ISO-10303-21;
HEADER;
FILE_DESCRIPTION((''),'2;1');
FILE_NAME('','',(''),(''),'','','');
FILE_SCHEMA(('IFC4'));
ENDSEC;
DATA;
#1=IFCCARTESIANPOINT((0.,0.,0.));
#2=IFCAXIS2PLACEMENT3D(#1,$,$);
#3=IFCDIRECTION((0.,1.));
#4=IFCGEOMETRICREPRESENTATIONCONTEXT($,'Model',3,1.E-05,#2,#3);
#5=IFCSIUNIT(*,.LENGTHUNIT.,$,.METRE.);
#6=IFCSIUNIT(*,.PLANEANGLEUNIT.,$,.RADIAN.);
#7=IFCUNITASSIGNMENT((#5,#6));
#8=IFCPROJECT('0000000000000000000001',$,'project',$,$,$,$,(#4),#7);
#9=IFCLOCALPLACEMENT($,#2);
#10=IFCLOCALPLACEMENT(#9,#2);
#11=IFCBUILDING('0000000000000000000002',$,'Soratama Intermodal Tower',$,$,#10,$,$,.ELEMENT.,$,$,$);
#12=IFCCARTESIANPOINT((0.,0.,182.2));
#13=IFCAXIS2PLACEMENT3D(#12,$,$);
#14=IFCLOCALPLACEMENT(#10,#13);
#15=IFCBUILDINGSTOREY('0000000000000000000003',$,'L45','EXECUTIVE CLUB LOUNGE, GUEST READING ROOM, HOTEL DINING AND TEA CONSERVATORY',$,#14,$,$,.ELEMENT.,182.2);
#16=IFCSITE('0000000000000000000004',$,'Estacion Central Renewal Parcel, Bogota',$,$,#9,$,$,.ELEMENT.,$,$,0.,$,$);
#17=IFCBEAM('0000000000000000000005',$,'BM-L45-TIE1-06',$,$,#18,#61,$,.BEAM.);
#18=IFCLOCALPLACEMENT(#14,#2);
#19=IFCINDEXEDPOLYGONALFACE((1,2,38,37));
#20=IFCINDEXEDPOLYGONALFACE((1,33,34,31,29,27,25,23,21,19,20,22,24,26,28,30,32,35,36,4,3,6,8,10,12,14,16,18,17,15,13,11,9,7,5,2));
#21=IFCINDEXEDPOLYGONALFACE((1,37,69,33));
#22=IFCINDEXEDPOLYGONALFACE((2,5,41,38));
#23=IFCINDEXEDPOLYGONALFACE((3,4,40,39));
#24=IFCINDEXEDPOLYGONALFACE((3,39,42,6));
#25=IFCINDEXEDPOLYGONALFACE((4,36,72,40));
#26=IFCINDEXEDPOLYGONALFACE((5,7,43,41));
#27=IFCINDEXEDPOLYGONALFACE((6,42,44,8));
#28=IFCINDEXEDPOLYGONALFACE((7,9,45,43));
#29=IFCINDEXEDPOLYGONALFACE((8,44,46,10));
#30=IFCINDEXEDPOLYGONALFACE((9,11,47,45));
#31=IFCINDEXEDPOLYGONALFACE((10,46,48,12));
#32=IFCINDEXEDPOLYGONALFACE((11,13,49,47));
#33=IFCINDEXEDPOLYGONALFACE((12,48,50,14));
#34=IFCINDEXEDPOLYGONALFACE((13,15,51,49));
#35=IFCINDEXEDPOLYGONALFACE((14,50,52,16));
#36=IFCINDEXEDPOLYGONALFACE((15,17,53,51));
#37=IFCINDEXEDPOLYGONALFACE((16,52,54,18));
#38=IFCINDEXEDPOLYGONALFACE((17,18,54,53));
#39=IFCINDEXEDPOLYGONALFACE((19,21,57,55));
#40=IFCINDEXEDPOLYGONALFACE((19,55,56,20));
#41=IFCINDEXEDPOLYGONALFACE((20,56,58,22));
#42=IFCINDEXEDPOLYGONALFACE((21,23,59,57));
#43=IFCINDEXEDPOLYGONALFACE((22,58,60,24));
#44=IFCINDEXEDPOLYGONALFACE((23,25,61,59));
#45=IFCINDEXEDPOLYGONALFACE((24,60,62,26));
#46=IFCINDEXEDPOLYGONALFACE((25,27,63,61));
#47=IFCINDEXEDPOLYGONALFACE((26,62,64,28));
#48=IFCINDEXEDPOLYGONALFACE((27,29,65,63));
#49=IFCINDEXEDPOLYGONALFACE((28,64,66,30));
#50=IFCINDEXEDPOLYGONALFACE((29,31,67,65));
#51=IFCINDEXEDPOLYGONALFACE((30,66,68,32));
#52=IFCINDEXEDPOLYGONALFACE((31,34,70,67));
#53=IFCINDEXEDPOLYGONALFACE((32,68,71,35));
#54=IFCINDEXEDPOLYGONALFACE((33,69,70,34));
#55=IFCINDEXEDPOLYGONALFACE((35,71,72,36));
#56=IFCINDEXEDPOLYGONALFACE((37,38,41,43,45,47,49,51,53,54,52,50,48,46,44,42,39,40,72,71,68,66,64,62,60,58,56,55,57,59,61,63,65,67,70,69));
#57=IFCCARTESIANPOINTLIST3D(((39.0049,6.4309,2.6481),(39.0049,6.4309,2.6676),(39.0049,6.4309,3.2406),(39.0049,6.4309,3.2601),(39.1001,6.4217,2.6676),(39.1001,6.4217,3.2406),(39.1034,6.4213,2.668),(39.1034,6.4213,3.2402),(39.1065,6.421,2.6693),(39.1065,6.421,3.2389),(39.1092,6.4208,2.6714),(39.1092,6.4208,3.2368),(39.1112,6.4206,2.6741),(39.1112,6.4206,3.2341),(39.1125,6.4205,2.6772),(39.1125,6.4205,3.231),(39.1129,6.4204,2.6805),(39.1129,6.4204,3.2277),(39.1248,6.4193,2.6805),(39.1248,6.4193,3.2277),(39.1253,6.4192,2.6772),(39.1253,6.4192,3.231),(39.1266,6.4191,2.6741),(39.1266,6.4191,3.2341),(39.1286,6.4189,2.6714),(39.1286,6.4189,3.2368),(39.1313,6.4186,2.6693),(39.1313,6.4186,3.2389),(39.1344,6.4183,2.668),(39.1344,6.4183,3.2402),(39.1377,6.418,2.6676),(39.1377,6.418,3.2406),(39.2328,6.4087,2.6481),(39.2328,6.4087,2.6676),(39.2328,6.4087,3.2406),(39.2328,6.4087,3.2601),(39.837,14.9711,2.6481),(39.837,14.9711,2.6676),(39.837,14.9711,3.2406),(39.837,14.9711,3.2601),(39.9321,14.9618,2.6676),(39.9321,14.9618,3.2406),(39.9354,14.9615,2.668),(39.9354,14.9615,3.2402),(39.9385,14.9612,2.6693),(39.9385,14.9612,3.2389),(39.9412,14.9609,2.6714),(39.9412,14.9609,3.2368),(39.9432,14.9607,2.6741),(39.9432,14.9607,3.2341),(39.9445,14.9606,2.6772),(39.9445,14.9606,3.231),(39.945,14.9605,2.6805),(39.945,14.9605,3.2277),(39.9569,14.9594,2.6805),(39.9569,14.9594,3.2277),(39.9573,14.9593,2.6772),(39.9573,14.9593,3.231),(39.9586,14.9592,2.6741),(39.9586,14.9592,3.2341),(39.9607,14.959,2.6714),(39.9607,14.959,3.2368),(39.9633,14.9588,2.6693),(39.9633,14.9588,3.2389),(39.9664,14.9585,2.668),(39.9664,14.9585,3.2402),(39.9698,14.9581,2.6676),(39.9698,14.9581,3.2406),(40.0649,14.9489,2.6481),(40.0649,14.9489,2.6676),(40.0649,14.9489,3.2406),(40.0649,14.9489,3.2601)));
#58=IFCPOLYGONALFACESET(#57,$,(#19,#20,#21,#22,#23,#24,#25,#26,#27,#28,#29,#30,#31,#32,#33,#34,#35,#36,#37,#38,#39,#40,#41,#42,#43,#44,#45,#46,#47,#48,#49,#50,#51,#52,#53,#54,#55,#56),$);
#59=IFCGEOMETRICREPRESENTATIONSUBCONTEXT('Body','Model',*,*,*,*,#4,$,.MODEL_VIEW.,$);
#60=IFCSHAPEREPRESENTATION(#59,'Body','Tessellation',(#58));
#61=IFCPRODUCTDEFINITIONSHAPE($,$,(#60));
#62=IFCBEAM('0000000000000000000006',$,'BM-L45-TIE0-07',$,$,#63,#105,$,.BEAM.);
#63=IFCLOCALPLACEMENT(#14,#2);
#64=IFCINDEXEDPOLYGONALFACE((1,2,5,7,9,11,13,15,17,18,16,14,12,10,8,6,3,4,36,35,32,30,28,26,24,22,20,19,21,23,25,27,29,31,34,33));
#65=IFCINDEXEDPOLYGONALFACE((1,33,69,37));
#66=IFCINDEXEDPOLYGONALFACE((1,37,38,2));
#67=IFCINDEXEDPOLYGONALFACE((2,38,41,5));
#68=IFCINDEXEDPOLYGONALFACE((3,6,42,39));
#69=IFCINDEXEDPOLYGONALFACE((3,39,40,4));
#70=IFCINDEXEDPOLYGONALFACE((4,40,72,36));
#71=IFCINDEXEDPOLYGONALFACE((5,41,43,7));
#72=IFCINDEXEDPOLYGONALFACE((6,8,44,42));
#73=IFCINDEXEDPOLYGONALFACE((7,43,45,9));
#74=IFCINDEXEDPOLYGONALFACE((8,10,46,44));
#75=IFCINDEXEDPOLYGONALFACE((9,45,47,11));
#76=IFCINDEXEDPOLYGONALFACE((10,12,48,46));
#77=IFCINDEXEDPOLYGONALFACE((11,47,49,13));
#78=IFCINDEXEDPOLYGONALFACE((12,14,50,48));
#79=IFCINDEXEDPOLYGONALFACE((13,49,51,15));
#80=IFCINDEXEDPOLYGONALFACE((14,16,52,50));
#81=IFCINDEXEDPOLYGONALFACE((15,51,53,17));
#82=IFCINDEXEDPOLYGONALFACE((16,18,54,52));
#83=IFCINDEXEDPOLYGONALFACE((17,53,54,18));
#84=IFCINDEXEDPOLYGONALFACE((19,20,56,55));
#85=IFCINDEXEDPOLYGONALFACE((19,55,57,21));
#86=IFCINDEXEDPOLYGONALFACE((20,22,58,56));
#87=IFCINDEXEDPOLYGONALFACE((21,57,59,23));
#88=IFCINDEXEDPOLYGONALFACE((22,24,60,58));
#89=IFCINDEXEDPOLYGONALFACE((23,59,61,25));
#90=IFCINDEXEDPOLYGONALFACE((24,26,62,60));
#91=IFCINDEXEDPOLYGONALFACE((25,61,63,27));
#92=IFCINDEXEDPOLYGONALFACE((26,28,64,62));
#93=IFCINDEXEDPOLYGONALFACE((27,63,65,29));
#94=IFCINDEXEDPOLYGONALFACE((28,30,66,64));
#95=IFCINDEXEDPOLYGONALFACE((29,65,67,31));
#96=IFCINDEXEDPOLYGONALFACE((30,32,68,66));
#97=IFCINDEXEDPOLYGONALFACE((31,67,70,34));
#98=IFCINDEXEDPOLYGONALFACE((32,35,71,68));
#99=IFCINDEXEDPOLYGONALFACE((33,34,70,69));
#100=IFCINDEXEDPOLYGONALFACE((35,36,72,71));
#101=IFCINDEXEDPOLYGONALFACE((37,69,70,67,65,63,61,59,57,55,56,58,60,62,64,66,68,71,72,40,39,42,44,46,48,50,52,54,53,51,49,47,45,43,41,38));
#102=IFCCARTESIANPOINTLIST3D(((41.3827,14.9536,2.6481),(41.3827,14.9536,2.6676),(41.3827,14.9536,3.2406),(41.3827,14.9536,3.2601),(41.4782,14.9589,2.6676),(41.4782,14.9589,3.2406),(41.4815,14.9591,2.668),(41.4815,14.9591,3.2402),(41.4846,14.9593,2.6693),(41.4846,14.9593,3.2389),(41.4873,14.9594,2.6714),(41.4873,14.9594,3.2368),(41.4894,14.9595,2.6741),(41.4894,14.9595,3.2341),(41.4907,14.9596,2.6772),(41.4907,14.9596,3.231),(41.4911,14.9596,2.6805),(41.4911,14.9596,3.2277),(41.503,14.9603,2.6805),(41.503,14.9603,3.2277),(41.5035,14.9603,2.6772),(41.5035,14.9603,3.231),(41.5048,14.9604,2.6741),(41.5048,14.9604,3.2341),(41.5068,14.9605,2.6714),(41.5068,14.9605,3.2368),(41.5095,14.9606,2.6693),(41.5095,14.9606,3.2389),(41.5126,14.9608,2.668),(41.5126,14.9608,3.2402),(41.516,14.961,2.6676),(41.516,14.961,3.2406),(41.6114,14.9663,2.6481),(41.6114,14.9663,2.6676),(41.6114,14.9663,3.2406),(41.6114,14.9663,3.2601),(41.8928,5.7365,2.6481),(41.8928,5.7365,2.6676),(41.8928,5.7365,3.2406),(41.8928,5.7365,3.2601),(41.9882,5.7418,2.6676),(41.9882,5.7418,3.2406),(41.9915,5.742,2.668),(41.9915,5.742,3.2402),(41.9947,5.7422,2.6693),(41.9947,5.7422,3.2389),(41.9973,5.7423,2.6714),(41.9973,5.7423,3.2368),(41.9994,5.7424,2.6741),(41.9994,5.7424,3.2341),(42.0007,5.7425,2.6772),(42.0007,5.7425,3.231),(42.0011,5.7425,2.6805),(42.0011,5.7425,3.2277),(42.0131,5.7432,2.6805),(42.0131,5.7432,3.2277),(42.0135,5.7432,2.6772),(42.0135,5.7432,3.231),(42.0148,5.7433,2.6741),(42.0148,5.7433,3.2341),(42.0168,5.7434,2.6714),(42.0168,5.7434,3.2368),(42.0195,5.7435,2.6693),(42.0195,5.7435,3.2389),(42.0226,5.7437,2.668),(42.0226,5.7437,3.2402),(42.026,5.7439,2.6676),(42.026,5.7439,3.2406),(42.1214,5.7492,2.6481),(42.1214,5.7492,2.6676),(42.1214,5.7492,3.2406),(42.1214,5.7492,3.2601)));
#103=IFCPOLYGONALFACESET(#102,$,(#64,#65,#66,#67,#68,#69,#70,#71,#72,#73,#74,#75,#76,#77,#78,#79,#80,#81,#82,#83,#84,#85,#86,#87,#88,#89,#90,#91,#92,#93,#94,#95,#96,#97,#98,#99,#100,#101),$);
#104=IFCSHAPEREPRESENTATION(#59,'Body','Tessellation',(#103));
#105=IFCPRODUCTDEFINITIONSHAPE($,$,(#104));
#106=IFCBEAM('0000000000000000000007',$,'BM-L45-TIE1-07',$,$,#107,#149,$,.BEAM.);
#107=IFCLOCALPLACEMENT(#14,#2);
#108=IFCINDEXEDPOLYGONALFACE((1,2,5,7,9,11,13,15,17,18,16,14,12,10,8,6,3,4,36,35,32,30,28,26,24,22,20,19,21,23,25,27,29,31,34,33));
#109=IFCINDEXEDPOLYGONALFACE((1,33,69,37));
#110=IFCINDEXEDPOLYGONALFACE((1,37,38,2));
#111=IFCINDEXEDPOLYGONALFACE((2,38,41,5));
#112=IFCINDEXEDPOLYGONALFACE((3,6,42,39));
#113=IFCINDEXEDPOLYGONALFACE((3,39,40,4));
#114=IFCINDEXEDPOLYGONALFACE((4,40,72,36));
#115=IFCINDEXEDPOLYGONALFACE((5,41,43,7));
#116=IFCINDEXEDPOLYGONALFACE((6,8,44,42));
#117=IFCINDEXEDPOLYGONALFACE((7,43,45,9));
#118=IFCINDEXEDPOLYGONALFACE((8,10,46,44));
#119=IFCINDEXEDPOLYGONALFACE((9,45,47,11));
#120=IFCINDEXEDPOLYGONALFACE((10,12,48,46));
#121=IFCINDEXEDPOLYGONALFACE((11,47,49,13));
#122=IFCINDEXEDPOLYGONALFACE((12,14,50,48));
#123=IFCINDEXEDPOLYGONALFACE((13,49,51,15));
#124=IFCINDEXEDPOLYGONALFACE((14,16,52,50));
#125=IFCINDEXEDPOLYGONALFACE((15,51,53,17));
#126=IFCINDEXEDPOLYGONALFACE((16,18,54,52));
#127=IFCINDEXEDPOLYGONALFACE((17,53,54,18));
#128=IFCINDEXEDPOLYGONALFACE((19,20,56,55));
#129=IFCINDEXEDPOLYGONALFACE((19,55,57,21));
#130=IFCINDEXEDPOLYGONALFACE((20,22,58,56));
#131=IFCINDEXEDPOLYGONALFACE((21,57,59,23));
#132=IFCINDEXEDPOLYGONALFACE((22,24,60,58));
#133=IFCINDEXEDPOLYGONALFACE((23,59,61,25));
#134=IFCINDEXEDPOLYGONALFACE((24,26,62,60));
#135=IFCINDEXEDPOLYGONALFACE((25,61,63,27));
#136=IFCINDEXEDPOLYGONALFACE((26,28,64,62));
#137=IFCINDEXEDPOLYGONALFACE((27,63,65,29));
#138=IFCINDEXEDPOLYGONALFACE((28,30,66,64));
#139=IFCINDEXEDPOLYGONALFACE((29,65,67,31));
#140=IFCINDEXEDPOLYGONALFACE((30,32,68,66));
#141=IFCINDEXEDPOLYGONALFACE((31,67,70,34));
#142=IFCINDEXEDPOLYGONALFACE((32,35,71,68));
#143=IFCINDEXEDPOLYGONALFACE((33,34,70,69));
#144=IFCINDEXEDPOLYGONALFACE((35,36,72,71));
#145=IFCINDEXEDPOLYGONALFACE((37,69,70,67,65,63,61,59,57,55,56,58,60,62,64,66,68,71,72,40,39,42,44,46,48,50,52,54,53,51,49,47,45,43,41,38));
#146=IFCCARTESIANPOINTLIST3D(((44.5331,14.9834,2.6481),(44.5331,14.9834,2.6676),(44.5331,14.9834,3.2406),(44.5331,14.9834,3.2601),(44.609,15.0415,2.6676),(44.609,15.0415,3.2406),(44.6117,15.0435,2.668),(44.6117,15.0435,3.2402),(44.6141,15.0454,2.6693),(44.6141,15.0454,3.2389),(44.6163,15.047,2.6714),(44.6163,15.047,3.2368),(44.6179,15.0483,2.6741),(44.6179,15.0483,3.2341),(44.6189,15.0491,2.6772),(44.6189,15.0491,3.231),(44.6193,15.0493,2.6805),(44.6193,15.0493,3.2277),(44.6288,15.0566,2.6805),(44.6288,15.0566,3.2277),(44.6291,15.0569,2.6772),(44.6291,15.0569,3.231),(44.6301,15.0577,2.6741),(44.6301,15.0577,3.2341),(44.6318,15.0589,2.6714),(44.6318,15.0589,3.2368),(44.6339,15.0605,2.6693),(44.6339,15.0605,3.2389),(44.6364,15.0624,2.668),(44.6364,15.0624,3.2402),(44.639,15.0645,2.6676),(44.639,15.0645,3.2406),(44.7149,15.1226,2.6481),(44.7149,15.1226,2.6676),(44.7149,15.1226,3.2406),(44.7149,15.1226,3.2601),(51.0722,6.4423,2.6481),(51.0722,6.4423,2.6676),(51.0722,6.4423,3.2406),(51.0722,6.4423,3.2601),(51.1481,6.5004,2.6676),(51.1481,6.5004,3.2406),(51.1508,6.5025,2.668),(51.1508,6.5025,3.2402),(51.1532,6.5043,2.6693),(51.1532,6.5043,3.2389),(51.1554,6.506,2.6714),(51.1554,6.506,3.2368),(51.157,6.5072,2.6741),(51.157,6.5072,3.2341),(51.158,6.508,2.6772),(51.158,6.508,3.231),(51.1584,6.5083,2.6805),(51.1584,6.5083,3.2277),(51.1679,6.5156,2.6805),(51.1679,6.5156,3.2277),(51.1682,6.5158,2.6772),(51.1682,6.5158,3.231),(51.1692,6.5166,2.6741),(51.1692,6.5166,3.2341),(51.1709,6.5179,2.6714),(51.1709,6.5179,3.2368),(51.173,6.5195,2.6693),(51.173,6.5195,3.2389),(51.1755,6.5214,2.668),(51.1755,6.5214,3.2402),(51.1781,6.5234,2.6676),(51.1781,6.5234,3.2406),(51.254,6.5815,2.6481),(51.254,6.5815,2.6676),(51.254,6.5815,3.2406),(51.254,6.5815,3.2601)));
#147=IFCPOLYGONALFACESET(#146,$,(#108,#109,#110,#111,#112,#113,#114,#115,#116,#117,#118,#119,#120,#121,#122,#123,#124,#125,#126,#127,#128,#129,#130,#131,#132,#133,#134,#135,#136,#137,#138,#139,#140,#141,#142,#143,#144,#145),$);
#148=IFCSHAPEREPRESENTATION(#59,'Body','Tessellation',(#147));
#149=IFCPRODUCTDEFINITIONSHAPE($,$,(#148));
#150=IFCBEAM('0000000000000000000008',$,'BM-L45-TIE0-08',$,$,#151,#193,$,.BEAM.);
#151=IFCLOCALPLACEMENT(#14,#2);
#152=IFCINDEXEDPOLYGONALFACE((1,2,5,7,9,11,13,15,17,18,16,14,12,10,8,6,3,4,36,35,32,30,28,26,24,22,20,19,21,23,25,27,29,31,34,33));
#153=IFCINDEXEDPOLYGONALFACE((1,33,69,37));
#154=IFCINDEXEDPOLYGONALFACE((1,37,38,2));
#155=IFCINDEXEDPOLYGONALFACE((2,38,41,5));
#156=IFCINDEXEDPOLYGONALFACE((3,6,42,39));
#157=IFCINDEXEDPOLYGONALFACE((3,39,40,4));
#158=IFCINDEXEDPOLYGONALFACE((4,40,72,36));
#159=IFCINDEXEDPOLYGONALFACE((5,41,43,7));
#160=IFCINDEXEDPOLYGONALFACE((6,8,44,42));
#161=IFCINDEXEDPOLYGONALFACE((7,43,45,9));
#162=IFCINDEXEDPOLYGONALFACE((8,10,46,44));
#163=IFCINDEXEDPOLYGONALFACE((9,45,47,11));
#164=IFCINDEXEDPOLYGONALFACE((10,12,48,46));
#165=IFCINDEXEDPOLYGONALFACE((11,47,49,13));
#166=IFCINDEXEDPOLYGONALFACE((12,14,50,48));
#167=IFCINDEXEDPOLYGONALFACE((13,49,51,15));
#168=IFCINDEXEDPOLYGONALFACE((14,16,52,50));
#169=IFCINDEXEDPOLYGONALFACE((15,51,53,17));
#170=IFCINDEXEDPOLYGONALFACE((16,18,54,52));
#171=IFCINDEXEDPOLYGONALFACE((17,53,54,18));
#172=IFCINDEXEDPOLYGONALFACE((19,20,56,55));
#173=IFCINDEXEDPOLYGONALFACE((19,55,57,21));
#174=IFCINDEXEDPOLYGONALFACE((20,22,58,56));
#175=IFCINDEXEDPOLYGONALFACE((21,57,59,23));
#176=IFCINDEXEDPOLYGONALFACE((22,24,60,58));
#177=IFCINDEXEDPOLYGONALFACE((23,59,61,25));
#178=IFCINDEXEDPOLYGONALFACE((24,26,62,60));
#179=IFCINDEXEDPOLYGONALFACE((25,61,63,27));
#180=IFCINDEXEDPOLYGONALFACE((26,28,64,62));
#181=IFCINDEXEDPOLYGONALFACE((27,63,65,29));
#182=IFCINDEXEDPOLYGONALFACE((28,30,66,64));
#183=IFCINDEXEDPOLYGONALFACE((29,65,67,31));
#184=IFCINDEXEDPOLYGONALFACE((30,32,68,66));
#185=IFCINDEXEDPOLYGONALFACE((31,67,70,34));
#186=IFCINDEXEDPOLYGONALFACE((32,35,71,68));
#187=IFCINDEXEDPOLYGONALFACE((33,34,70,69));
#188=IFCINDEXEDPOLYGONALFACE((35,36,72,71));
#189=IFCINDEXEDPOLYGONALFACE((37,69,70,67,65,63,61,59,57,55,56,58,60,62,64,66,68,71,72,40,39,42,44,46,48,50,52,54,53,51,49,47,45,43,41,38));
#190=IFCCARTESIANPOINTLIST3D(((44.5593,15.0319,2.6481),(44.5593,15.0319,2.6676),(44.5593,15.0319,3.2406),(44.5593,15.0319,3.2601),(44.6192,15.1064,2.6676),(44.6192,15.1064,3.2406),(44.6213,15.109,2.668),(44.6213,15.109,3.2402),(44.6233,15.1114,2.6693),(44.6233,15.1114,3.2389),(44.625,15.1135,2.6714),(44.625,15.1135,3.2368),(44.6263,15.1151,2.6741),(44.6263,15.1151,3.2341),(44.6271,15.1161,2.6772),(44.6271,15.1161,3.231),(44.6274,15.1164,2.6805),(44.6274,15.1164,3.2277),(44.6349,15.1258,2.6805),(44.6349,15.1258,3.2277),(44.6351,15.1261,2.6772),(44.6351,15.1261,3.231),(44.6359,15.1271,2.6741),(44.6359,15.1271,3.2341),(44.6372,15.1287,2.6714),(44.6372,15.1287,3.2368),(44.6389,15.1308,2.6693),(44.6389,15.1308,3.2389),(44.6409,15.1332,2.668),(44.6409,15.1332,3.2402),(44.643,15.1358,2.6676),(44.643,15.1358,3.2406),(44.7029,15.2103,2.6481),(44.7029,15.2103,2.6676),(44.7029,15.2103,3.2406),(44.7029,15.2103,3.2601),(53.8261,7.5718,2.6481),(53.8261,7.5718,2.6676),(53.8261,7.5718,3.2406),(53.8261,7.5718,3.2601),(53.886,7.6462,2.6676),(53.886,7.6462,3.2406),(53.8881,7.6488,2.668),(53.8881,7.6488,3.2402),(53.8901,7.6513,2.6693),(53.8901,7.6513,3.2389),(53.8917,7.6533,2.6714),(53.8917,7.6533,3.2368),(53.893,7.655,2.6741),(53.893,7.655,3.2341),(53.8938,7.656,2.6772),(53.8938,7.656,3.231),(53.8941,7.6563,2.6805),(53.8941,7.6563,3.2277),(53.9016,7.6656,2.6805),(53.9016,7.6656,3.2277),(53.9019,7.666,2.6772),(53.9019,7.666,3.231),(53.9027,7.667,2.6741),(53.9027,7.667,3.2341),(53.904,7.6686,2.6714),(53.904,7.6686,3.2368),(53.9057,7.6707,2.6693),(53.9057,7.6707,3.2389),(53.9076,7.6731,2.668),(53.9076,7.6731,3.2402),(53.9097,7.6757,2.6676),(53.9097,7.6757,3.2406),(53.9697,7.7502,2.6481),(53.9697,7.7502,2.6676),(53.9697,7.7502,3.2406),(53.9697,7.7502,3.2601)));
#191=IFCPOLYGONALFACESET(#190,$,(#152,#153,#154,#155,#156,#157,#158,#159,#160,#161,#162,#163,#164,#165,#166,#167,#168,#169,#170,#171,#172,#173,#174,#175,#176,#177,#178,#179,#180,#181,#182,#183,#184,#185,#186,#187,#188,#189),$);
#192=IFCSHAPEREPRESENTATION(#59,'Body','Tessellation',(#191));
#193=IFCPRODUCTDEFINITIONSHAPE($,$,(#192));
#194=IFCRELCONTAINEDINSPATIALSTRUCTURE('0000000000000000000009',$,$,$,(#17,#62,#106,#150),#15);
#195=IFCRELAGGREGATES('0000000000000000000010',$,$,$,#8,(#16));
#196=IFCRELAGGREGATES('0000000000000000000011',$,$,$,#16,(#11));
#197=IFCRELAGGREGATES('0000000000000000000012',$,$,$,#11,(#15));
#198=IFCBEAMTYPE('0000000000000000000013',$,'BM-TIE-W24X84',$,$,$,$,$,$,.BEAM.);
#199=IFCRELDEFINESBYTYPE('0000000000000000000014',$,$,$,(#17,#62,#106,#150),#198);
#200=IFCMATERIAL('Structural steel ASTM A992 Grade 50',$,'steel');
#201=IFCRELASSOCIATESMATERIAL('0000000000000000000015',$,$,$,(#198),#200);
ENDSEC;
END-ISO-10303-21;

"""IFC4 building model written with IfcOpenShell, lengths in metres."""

from ifc_helpers import new_model, si_unit, direction, frame, origin, origin_2d, place, context, subcontext, project, spatial, i_section, extrude, material, material_profile, profile_set, type_object, element, save


model = new_model("IFC4")

# Units and contexts
model_context = context("Model", 3, precision=1e-05, world=origin(), true_north=direction((0.0, 1.0)))
body_context = subcontext(model_context, "Body", "Model", "MODEL_VIEW")
ifc_project = project(units=[si_unit("LENGTHUNIT", "METRE"), si_unit("PLANEANGLEUNIT", "RADIAN")], contexts=[model_context])

# Site, building, storey
site_placement = place(None, origin())
site = spatial("IfcSite", under=ifc_project, at=site_placement, Name="Estacion Central Renewal Parcel, Bogota", CompositionType="ELEMENT", RefElevation=0.0)
building_placement = place(site_placement, origin())
building = spatial("IfcBuilding", under=site, at=building_placement, Name="Soratama Intermodal Tower", CompositionType="ELEMENT")
storey_placement = place(building_placement, frame((0.0, 0.0, 182.2)))
storey = spatial("IfcBuildingStorey", under=building, at=storey_placement, Name="L45", Description="EXECUTIVE CLUB LOUNGE, GUEST READING ROOM, HOTEL DINING AND TEA CONSERVATORY", CompositionType="ELEMENT", Elevation=182.2)

# Beams
ifc_material_1 = material(Name="Structural steel ASTM A992 Grade 50", Category="steel")
ifc_material_profile_1 = material_profile(ifc_material_1, i_section(OverallWidth=0.229, OverallDepth=0.6121, WebThickness=0.012, FlangeThickness=0.0195, FilletRadius=0.0129, at=origin_2d()), Name="W24X84")
ifc_profile_set_1 = profile_set([ifc_material_profile_1], Name="Structural steel ASTM A992 Grade 50")
beam_type_1 = type_object("IfcBeamType", Name="BM-TIE-W24X84", PredefinedType="BEAM", material=ifc_profile_set_1)
beam_1_placement = place(storey_placement, frame((39.9509, 14.96, 2.9541), z_axis=(-0.096968, -0.995288, 0.0), x_axis=(0.995288, -0.096968, 0.0)))
element("IfcBeam", 1, at=beam_1_placement, inside=storey, type_object=beam_type_1, Name="BM-L45-TIE1-06", PredefinedType="BEAM", context=body_context, shape_type="SweptSolid", body=[
    extrude(i_section(OverallWidth=0.229, OverallDepth=0.6121, WebThickness=0.012, FlangeThickness=0.0195, FilletRadius=0.0129, at=origin_2d()), origin(), (0.0, 0.0, 1.0), 8.5806),
])
beam_2_placement = place(storey_placement, frame((41.4971, 14.96, 2.9541), z_axis=(0.055249, -0.998473, 0.0), x_axis=(0.998473, 0.055249, 0.0)))
element("IfcBeam", 2, at=beam_2_placement, inside=storey, type_object=beam_type_1, Name="BM-L45-TIE0-07", PredefinedType="BEAM", context=body_context, shape_type="SweptSolid", body=[
    extrude(i_section(OverallWidth=0.229, OverallDepth=0.6121, WebThickness=0.012, FlangeThickness=0.0195, FilletRadius=0.0129, at=origin_2d()), origin(), (0.0, 0.0, 1.0), 9.2312),
])
beam_3_placement = place(storey_placement, frame((44.624, 15.053, 2.9541), z_axis=(0.607902, -0.794012, 0.0), x_axis=(0.794012, 0.607902, 0.0)))
element("IfcBeam", 3, at=beam_3_placement, inside=storey, type_object=beam_type_1, Name="BM-L45-TIE1-07", PredefinedType="BEAM", context=body_context, shape_type="SweptSolid", body=[
    extrude(i_section(OverallWidth=0.229, OverallDepth=0.6121, WebThickness=0.012, FlangeThickness=0.0195, FilletRadius=0.0129, at=origin_2d()), origin(), (0.0, 0.0, 1.0), 10.7568),
])
beam_4_placement = place(storey_placement, frame((44.6311, 15.1211, 2.9541), z_axis=(0.778949, -0.627087, 0.0), x_axis=(0.627087, 0.778949, 0.0)))
element("IfcBeam", 4, at=beam_4_placement, inside=storey, type_object=beam_type_1, Name="BM-L45-TIE0-08", PredefinedType="BEAM", context=body_context, shape_type="SweptSolid", body=[
    extrude(i_section(OverallWidth=0.229, OverallDepth=0.6121, WebThickness=0.012, FlangeThickness=0.0195, FilletRadius=0.0129, at=origin_2d()), origin(), (0.0, 0.0, 1.0), 11.8965),
])

save(model, "model.ifc")
